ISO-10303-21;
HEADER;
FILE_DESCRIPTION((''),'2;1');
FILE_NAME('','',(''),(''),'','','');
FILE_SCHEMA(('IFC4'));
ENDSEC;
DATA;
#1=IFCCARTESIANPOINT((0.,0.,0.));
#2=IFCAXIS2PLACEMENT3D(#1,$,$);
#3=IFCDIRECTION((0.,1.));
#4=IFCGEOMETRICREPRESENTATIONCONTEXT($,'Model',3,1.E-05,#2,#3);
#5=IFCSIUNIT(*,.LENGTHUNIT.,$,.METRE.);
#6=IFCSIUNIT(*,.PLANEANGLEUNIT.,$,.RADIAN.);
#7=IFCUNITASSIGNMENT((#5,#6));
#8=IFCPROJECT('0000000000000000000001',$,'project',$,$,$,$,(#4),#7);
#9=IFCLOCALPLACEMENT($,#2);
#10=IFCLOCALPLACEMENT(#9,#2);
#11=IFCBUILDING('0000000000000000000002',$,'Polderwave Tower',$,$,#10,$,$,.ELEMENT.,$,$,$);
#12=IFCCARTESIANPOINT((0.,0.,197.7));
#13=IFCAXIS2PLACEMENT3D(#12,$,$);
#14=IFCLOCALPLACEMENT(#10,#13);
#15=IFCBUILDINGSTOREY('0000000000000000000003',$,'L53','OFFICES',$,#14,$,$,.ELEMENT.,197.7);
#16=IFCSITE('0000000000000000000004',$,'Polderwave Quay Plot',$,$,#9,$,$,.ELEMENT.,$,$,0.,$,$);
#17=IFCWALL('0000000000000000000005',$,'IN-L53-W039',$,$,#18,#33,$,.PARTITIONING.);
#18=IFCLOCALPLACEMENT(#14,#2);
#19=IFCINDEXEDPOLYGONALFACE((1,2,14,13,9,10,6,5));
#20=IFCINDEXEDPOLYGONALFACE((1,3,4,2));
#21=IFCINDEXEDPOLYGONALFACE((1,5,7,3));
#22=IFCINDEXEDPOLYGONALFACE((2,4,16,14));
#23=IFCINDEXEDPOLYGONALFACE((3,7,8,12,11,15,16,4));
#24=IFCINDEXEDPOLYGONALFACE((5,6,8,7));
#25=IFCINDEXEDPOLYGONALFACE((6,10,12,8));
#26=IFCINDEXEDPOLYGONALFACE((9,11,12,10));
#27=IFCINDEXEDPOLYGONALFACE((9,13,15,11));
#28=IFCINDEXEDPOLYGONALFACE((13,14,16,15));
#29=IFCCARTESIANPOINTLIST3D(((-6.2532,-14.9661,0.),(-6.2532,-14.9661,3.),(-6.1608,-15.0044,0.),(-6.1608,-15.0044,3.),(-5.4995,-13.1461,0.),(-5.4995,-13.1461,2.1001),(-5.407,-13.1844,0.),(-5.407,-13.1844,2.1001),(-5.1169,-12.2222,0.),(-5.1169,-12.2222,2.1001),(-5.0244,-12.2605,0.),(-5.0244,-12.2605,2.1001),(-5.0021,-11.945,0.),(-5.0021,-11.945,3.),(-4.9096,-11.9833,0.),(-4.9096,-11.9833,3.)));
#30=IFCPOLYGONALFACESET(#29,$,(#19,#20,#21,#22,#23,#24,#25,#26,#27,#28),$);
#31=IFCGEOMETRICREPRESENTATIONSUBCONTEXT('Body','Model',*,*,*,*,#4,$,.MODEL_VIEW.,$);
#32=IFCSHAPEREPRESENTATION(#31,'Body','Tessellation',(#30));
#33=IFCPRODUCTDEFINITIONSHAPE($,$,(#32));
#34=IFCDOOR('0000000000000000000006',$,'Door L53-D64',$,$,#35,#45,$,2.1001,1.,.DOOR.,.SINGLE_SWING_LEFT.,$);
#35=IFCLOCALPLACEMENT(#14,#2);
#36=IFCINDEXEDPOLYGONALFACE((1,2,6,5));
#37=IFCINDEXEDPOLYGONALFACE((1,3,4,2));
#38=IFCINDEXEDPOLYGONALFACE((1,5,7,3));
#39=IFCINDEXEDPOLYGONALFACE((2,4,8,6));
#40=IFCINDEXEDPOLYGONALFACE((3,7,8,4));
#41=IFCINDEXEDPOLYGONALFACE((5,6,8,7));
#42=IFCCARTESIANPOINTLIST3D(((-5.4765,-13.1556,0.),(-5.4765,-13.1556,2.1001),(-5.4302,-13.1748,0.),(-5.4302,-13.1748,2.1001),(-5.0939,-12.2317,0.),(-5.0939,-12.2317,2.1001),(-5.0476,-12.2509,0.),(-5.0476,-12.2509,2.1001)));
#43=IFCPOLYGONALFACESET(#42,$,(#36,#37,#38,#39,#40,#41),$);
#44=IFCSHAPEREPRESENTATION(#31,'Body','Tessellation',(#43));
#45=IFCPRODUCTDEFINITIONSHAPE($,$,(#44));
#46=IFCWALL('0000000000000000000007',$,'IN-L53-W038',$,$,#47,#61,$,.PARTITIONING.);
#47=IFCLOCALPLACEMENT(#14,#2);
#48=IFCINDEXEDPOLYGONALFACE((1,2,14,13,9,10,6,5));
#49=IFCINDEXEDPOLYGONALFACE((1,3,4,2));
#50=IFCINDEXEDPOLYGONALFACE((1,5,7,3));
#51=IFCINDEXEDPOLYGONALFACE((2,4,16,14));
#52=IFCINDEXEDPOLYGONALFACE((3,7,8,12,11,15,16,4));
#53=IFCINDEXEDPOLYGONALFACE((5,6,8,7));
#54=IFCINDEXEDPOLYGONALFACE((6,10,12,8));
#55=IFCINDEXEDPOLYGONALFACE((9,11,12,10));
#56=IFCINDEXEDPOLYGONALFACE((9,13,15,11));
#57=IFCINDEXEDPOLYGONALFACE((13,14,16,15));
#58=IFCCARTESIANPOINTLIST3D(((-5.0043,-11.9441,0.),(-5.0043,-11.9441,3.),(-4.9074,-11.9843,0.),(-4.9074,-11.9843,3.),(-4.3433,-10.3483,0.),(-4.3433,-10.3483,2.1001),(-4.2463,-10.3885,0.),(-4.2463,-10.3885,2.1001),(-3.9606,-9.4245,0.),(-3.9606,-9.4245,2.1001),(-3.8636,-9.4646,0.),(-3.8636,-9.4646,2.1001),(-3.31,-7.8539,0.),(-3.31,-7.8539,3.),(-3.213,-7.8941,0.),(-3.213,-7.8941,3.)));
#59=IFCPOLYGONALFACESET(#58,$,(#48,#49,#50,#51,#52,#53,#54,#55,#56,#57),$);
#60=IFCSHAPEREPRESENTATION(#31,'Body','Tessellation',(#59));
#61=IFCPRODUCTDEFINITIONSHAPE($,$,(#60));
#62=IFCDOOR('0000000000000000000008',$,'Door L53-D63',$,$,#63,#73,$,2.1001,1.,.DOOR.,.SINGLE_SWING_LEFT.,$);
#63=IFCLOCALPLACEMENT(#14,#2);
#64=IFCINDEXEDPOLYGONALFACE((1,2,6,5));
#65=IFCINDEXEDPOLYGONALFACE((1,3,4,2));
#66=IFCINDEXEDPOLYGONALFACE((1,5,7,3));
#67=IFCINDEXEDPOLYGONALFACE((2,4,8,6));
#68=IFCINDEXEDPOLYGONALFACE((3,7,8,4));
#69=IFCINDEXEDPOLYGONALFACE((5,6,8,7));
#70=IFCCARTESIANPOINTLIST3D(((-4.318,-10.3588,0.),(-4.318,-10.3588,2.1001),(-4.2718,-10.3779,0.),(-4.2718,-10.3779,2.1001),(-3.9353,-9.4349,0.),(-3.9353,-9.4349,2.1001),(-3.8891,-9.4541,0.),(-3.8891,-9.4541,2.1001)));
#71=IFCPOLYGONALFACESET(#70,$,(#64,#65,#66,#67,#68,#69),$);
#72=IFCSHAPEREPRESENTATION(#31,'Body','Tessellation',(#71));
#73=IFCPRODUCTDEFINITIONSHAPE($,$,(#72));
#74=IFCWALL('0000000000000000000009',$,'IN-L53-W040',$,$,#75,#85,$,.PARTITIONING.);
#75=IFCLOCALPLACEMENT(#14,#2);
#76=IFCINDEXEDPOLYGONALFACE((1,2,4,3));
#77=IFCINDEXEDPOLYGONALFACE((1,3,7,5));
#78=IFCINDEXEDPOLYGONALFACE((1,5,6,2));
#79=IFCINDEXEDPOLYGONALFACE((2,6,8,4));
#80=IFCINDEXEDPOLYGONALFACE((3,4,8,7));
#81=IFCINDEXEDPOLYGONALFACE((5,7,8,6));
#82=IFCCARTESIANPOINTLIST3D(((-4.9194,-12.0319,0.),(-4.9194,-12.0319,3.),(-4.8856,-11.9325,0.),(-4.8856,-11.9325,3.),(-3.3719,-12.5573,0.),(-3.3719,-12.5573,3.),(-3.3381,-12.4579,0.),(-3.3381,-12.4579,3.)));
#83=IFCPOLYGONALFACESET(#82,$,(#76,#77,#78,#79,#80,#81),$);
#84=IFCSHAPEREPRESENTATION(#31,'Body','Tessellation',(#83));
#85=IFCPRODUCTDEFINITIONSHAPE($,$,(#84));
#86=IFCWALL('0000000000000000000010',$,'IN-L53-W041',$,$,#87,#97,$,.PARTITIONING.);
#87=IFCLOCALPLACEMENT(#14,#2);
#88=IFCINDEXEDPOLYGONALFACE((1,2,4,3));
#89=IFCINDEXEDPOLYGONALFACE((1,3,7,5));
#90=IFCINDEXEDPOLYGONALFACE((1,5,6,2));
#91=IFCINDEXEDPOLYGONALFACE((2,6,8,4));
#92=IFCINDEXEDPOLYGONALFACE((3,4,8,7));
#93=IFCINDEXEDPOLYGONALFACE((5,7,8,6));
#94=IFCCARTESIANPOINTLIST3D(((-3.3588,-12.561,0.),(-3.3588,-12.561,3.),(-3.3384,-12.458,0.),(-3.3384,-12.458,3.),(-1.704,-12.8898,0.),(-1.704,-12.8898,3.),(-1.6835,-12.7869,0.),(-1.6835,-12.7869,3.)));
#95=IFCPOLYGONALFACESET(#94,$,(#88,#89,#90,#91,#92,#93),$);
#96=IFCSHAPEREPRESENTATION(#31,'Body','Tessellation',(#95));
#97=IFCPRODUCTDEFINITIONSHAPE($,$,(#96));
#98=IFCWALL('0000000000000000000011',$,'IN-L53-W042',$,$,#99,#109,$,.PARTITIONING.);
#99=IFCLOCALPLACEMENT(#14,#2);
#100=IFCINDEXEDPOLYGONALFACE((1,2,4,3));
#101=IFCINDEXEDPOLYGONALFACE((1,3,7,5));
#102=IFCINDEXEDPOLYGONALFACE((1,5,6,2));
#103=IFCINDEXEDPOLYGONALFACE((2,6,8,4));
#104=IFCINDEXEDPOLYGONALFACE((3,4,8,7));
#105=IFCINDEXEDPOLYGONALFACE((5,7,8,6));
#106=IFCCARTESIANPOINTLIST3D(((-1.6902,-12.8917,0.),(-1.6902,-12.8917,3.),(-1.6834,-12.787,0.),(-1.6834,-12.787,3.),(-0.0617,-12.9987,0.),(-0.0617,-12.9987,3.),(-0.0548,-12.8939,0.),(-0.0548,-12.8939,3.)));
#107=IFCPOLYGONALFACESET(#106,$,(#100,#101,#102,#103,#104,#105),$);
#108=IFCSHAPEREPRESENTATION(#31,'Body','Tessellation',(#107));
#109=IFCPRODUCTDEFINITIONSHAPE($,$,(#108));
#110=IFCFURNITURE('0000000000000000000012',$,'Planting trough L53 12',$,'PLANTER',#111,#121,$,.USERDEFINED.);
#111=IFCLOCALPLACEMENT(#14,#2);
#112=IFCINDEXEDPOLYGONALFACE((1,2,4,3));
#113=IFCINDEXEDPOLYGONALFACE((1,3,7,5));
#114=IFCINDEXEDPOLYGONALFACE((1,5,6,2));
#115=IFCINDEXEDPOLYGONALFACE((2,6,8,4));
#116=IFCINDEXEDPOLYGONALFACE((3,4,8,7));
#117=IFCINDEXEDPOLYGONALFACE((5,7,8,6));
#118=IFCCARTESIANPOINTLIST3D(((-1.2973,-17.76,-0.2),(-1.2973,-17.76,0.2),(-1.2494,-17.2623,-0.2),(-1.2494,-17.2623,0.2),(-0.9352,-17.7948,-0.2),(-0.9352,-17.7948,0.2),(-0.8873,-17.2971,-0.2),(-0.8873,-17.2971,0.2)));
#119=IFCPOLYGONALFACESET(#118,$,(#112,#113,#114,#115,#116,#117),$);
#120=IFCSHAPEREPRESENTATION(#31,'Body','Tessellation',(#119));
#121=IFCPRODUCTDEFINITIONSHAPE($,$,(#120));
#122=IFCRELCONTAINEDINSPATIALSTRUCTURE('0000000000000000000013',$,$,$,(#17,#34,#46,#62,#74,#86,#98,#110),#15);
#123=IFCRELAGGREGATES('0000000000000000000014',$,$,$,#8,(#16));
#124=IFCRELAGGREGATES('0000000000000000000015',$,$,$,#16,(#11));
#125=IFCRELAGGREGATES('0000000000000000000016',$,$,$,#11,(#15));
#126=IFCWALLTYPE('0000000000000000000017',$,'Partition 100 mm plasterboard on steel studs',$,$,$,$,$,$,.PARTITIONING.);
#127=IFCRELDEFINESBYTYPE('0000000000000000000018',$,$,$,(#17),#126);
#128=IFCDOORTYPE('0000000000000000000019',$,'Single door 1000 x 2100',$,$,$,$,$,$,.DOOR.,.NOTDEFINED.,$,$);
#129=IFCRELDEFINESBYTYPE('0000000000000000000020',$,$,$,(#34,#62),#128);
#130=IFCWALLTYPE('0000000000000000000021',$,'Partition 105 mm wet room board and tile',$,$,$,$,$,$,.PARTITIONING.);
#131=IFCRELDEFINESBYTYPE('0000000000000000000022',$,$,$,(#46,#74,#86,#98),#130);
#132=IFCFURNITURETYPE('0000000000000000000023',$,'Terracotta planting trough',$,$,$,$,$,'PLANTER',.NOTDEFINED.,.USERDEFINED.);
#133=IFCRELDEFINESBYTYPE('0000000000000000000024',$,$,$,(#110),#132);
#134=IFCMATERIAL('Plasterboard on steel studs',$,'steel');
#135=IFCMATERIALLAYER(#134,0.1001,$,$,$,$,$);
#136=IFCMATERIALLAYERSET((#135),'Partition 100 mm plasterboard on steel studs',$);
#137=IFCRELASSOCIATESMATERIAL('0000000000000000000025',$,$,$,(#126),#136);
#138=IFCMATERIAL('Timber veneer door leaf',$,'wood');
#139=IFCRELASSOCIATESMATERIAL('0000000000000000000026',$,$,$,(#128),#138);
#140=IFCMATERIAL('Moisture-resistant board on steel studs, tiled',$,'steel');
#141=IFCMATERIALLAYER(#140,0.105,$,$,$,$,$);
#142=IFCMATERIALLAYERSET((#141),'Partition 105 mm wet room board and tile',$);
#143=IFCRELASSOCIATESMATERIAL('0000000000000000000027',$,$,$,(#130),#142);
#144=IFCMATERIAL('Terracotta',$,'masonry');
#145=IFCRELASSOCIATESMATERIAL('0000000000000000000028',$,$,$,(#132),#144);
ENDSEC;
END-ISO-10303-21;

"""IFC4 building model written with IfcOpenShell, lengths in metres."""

from ifc_helpers import new_model, si_unit, direction, frame, frame_2d, origin, origin_2d, place, context, subcontext, project, spatial, rectangle, extrude, material, layer, layer_set, type_object, element, fill, save


model = new_model("IFC4")

# Units and contexts
model_context = context("Model", 3, precision=1e-05, world=origin(), true_north=direction((0.0, 1.0)))
body_context = subcontext(model_context, "Body", "Model", "MODEL_VIEW")
ifc_project = project(units=[si_unit("LENGTHUNIT", "METRE"), si_unit("PLANEANGLEUNIT", "RADIAN")], contexts=[model_context])

# Site, building, storey
site_placement = place(None, origin())
site = spatial("IfcSite", under=ifc_project, at=site_placement, Name="Polderwave Quay Plot", CompositionType="ELEMENT", RefElevation=0.0)
building_placement = place(site_placement, origin())
building = spatial("IfcBuilding", under=site, at=building_placement, Name="Polderwave Tower", CompositionType="ELEMENT")
storey_placement = place(building_placement, frame((0.0, 0.0, 197.7)))
storey = spatial("IfcBuildingStorey", under=building, at=storey_placement, Name="L53", Description="OFFICES", CompositionType="ELEMENT", Elevation=197.7)

# Walls, openings, doors
ifc_material_1 = material(Name="Plasterboard on steel studs", Category="steel")
ifc_layer_1 = layer(ifc_material_1, 0.1001)
ifc_layer_set_1 = layer_set([ifc_layer_1], Name="Partition 100 mm plasterboard on steel studs")
wall_type_1 = type_object("IfcWallType", Name="Partition 100 mm plasterboard on steel studs", PredefinedType="PARTITIONING", material=ifc_layer_set_1)
wall_1_placement = place(storey_placement, frame((-4.9558, -11.9641, 0.0), z_axis=(0.0, 0.0, 1.0), x_axis=(-0.382627, -0.923903, 0.0)))
wall_1 = element("IfcWall", 1, at=wall_1_placement, inside=storey, type_object=wall_type_1, Name="IN-L53-W039", PredefinedType="PARTITIONING", context=body_context, shape_type="SweptSolid", body=[
    extrude(rectangle(XDim=3.27, YDim=0.1001, at=frame_2d((1.635, 0.0))), origin(), (0.0, 0.0, 1.0), 3.0),
])
opening_1_placement = place(wall_1_placement, frame((0.3, 0.0, 0.0)))
opening_1 = element("IfcOpeningElement", 2, at=opening_1_placement, cuts=wall_1, PredefinedType="OPENING", context=body_context, shape_type="SweptSolid", body=[
    extrude(rectangle(XDim=1.0, YDim=2.1001, at=frame_2d((0.5, 1.05))), frame((0.0, 0.0601, 0.0), z_axis=(0.0, -1.0, 0.0), x_axis=(1.0, 0.0, 0.0)), (0.0, 0.0, 1.0), 0.1201),
])
ifc_material_2 = material(Name="Timber veneer door leaf", Category="wood")
door_type = type_object("IfcDoorType", Name="Single door 1000 x 2100", OperationType="NOTDEFINED", PredefinedType="DOOR", material=ifc_material_2)
door_1_placement = place(opening_1_placement, origin())
door_1 = element("IfcDoor", 3, at=door_1_placement, inside=storey, type_object=door_type, Name="Door L53-D64", OperationType="SINGLE_SWING_LEFT", OverallHeight=2.1001, OverallWidth=1.0, PredefinedType="DOOR", context=body_context, shape_type="SweptSolid", body=[
    extrude(rectangle(XDim=1.0, YDim=2.1001, at=frame_2d((0.5, 1.05))), frame((0.0, 0.0249, 0.0), z_axis=(0.0, -1.0, 0.0), x_axis=(1.0, 0.0, 0.0)), (0.0, 0.0, 1.0), 0.05),
])
fill(opening_1, door_1)
ifc_material_3 = material(Name="Moisture-resistant board on steel studs, tiled", Category="steel")
ifc_layer_2 = layer(ifc_material_3, 0.105)
ifc_layer_set_2 = layer_set([ifc_layer_2], Name="Partition 105 mm wet room board and tile")
wall_type_2 = type_object("IfcWallType", Name="Partition 105 mm wet room board and tile", PredefinedType="PARTITIONING", material=ifc_layer_set_2)
wall_2_placement = place(storey_placement, frame((-3.2615, -7.874, 0.0), z_axis=(0.0, 0.0, 1.0), x_axis=(-0.382715, -0.923866, 0.0)))
wall_2 = element("IfcWall", 4, at=wall_2_placement, inside=storey, type_object=wall_type_2, Name="IN-L53-W038", PredefinedType="PARTITIONING", context=body_context, shape_type="SweptSolid", body=[
    extrude(rectangle(XDim=4.4272, YDim=0.105, at=frame_2d((2.2136, 0.0))), origin(), (0.0, 0.0, 1.0), 3.0),
])
opening_2_placement = place(wall_2_placement, frame((1.7, 0.0, 0.0)))
opening_2 = element("IfcOpeningElement", 5, at=opening_2_placement, cuts=wall_2, PredefinedType="OPENING", context=body_context, shape_type="SweptSolid", body=[
    extrude(rectangle(XDim=1.0, YDim=2.1001, at=frame_2d((0.5, 1.05))), frame((0.0, 0.0625, 0.0), z_axis=(0.0, -1.0, 0.0), x_axis=(1.0, 0.0, 0.0)), (0.0, 0.0, 1.0), 0.125),
])
door_2_placement = place(opening_2_placement, origin())
door_2 = element("IfcDoor", 6, at=door_2_placement, inside=storey, type_object=door_type, Name="Door L53-D63", OperationType="SINGLE_SWING_LEFT", OverallHeight=2.1001, OverallWidth=1.0, PredefinedType="DOOR", context=body_context, shape_type="SweptSolid", body=[
    extrude(rectangle(XDim=1.0, YDim=2.1001, at=frame_2d((0.5, 1.05))), frame((0.0, 0.0249, 0.0), z_axis=(0.0, -1.0, 0.0), x_axis=(1.0, 0.0, 0.0)), (0.0, 0.0, 1.0), 0.05),
])
fill(opening_2, door_2)

# Walls
wall_3_placement = place(storey_placement, frame((-3.355, -12.5076, 0.0), z_axis=(0.0, 0.0, 1.0), x_axis=(-0.946921, 0.321466, 0.0)))
element("IfcWall", 7, at=wall_3_placement, inside=storey, type_object=wall_type_2, Name="IN-L53-W040", PredefinedType="PARTITIONING", context=body_context, shape_type="SweptSolid", body=[
    extrude(rectangle(XDim=1.6343, YDim=0.105, at=frame_2d((0.8171, 0.0))), origin(), (0.0, 0.0, 1.0), 3.0),
])
wall_4_placement = place(storey_placement, frame((-1.6936, -12.8384, 0.0), z_axis=(0.0, 0.0, 1.0), x_axis=(-0.980819, 0.194919, 0.0)))
element("IfcWall", 8, at=wall_4_placement, inside=storey, type_object=wall_type_2, Name="IN-L53-W041", PredefinedType="PARTITIONING", context=body_context, shape_type="SweptSolid", body=[
    extrude(rectangle(XDim=1.6873, YDim=0.105, at=frame_2d((0.8438, 0.0))), origin(), (0.0, 0.0, 1.0), 3.0),
])
wall_5_placement = place(storey_placement, frame((-0.0583, -12.9463, 0.0), z_axis=(0.0, 0.0, 1.0), x_axis=(-0.997852, 0.065516, 0.0)))
element("IfcWall", 9, at=wall_5_placement, inside=storey, type_object=wall_type_2, Name="IN-L53-W042", PredefinedType="PARTITIONING", context=body_context, shape_type="SweptSolid", body=[
    extrude(rectangle(XDim=1.6321, YDim=0.105, at=frame_2d((0.8159, 0.0))), origin(), (0.0, 0.0, 1.0), 3.0),
])

# Furniture
ifc_material_4 = material(Name="Terracotta", Category="masonry")
furniture_type = type_object("IfcFurnitureType", Name="Terracotta planting trough", ElementType="PLANTER", AssemblyPlace="NOTDEFINED", PredefinedType="USERDEFINED", material=ifc_material_4)
furniture_placement = place(storey_placement, frame((-1.0923, -17.5286, -0.2), z_axis=(0.0, 0.0, 1.0), x_axis=(0.995399, -0.095821, 0.0)))
element("IfcFurniture", 10, at=furniture_placement, inside=storey, type_object=furniture_type, Name="Planting trough L53 12", ObjectType="PLANTER", PredefinedType="USERDEFINED", context=body_context, shape_type="SweptSolid", body=[
    extrude(rectangle(XDim=0.3638, YDim=0.5, at=origin_2d()), origin(), (0.0, 0.0, 1.0), 0.3999),
])

save(model, "model.ifc")
